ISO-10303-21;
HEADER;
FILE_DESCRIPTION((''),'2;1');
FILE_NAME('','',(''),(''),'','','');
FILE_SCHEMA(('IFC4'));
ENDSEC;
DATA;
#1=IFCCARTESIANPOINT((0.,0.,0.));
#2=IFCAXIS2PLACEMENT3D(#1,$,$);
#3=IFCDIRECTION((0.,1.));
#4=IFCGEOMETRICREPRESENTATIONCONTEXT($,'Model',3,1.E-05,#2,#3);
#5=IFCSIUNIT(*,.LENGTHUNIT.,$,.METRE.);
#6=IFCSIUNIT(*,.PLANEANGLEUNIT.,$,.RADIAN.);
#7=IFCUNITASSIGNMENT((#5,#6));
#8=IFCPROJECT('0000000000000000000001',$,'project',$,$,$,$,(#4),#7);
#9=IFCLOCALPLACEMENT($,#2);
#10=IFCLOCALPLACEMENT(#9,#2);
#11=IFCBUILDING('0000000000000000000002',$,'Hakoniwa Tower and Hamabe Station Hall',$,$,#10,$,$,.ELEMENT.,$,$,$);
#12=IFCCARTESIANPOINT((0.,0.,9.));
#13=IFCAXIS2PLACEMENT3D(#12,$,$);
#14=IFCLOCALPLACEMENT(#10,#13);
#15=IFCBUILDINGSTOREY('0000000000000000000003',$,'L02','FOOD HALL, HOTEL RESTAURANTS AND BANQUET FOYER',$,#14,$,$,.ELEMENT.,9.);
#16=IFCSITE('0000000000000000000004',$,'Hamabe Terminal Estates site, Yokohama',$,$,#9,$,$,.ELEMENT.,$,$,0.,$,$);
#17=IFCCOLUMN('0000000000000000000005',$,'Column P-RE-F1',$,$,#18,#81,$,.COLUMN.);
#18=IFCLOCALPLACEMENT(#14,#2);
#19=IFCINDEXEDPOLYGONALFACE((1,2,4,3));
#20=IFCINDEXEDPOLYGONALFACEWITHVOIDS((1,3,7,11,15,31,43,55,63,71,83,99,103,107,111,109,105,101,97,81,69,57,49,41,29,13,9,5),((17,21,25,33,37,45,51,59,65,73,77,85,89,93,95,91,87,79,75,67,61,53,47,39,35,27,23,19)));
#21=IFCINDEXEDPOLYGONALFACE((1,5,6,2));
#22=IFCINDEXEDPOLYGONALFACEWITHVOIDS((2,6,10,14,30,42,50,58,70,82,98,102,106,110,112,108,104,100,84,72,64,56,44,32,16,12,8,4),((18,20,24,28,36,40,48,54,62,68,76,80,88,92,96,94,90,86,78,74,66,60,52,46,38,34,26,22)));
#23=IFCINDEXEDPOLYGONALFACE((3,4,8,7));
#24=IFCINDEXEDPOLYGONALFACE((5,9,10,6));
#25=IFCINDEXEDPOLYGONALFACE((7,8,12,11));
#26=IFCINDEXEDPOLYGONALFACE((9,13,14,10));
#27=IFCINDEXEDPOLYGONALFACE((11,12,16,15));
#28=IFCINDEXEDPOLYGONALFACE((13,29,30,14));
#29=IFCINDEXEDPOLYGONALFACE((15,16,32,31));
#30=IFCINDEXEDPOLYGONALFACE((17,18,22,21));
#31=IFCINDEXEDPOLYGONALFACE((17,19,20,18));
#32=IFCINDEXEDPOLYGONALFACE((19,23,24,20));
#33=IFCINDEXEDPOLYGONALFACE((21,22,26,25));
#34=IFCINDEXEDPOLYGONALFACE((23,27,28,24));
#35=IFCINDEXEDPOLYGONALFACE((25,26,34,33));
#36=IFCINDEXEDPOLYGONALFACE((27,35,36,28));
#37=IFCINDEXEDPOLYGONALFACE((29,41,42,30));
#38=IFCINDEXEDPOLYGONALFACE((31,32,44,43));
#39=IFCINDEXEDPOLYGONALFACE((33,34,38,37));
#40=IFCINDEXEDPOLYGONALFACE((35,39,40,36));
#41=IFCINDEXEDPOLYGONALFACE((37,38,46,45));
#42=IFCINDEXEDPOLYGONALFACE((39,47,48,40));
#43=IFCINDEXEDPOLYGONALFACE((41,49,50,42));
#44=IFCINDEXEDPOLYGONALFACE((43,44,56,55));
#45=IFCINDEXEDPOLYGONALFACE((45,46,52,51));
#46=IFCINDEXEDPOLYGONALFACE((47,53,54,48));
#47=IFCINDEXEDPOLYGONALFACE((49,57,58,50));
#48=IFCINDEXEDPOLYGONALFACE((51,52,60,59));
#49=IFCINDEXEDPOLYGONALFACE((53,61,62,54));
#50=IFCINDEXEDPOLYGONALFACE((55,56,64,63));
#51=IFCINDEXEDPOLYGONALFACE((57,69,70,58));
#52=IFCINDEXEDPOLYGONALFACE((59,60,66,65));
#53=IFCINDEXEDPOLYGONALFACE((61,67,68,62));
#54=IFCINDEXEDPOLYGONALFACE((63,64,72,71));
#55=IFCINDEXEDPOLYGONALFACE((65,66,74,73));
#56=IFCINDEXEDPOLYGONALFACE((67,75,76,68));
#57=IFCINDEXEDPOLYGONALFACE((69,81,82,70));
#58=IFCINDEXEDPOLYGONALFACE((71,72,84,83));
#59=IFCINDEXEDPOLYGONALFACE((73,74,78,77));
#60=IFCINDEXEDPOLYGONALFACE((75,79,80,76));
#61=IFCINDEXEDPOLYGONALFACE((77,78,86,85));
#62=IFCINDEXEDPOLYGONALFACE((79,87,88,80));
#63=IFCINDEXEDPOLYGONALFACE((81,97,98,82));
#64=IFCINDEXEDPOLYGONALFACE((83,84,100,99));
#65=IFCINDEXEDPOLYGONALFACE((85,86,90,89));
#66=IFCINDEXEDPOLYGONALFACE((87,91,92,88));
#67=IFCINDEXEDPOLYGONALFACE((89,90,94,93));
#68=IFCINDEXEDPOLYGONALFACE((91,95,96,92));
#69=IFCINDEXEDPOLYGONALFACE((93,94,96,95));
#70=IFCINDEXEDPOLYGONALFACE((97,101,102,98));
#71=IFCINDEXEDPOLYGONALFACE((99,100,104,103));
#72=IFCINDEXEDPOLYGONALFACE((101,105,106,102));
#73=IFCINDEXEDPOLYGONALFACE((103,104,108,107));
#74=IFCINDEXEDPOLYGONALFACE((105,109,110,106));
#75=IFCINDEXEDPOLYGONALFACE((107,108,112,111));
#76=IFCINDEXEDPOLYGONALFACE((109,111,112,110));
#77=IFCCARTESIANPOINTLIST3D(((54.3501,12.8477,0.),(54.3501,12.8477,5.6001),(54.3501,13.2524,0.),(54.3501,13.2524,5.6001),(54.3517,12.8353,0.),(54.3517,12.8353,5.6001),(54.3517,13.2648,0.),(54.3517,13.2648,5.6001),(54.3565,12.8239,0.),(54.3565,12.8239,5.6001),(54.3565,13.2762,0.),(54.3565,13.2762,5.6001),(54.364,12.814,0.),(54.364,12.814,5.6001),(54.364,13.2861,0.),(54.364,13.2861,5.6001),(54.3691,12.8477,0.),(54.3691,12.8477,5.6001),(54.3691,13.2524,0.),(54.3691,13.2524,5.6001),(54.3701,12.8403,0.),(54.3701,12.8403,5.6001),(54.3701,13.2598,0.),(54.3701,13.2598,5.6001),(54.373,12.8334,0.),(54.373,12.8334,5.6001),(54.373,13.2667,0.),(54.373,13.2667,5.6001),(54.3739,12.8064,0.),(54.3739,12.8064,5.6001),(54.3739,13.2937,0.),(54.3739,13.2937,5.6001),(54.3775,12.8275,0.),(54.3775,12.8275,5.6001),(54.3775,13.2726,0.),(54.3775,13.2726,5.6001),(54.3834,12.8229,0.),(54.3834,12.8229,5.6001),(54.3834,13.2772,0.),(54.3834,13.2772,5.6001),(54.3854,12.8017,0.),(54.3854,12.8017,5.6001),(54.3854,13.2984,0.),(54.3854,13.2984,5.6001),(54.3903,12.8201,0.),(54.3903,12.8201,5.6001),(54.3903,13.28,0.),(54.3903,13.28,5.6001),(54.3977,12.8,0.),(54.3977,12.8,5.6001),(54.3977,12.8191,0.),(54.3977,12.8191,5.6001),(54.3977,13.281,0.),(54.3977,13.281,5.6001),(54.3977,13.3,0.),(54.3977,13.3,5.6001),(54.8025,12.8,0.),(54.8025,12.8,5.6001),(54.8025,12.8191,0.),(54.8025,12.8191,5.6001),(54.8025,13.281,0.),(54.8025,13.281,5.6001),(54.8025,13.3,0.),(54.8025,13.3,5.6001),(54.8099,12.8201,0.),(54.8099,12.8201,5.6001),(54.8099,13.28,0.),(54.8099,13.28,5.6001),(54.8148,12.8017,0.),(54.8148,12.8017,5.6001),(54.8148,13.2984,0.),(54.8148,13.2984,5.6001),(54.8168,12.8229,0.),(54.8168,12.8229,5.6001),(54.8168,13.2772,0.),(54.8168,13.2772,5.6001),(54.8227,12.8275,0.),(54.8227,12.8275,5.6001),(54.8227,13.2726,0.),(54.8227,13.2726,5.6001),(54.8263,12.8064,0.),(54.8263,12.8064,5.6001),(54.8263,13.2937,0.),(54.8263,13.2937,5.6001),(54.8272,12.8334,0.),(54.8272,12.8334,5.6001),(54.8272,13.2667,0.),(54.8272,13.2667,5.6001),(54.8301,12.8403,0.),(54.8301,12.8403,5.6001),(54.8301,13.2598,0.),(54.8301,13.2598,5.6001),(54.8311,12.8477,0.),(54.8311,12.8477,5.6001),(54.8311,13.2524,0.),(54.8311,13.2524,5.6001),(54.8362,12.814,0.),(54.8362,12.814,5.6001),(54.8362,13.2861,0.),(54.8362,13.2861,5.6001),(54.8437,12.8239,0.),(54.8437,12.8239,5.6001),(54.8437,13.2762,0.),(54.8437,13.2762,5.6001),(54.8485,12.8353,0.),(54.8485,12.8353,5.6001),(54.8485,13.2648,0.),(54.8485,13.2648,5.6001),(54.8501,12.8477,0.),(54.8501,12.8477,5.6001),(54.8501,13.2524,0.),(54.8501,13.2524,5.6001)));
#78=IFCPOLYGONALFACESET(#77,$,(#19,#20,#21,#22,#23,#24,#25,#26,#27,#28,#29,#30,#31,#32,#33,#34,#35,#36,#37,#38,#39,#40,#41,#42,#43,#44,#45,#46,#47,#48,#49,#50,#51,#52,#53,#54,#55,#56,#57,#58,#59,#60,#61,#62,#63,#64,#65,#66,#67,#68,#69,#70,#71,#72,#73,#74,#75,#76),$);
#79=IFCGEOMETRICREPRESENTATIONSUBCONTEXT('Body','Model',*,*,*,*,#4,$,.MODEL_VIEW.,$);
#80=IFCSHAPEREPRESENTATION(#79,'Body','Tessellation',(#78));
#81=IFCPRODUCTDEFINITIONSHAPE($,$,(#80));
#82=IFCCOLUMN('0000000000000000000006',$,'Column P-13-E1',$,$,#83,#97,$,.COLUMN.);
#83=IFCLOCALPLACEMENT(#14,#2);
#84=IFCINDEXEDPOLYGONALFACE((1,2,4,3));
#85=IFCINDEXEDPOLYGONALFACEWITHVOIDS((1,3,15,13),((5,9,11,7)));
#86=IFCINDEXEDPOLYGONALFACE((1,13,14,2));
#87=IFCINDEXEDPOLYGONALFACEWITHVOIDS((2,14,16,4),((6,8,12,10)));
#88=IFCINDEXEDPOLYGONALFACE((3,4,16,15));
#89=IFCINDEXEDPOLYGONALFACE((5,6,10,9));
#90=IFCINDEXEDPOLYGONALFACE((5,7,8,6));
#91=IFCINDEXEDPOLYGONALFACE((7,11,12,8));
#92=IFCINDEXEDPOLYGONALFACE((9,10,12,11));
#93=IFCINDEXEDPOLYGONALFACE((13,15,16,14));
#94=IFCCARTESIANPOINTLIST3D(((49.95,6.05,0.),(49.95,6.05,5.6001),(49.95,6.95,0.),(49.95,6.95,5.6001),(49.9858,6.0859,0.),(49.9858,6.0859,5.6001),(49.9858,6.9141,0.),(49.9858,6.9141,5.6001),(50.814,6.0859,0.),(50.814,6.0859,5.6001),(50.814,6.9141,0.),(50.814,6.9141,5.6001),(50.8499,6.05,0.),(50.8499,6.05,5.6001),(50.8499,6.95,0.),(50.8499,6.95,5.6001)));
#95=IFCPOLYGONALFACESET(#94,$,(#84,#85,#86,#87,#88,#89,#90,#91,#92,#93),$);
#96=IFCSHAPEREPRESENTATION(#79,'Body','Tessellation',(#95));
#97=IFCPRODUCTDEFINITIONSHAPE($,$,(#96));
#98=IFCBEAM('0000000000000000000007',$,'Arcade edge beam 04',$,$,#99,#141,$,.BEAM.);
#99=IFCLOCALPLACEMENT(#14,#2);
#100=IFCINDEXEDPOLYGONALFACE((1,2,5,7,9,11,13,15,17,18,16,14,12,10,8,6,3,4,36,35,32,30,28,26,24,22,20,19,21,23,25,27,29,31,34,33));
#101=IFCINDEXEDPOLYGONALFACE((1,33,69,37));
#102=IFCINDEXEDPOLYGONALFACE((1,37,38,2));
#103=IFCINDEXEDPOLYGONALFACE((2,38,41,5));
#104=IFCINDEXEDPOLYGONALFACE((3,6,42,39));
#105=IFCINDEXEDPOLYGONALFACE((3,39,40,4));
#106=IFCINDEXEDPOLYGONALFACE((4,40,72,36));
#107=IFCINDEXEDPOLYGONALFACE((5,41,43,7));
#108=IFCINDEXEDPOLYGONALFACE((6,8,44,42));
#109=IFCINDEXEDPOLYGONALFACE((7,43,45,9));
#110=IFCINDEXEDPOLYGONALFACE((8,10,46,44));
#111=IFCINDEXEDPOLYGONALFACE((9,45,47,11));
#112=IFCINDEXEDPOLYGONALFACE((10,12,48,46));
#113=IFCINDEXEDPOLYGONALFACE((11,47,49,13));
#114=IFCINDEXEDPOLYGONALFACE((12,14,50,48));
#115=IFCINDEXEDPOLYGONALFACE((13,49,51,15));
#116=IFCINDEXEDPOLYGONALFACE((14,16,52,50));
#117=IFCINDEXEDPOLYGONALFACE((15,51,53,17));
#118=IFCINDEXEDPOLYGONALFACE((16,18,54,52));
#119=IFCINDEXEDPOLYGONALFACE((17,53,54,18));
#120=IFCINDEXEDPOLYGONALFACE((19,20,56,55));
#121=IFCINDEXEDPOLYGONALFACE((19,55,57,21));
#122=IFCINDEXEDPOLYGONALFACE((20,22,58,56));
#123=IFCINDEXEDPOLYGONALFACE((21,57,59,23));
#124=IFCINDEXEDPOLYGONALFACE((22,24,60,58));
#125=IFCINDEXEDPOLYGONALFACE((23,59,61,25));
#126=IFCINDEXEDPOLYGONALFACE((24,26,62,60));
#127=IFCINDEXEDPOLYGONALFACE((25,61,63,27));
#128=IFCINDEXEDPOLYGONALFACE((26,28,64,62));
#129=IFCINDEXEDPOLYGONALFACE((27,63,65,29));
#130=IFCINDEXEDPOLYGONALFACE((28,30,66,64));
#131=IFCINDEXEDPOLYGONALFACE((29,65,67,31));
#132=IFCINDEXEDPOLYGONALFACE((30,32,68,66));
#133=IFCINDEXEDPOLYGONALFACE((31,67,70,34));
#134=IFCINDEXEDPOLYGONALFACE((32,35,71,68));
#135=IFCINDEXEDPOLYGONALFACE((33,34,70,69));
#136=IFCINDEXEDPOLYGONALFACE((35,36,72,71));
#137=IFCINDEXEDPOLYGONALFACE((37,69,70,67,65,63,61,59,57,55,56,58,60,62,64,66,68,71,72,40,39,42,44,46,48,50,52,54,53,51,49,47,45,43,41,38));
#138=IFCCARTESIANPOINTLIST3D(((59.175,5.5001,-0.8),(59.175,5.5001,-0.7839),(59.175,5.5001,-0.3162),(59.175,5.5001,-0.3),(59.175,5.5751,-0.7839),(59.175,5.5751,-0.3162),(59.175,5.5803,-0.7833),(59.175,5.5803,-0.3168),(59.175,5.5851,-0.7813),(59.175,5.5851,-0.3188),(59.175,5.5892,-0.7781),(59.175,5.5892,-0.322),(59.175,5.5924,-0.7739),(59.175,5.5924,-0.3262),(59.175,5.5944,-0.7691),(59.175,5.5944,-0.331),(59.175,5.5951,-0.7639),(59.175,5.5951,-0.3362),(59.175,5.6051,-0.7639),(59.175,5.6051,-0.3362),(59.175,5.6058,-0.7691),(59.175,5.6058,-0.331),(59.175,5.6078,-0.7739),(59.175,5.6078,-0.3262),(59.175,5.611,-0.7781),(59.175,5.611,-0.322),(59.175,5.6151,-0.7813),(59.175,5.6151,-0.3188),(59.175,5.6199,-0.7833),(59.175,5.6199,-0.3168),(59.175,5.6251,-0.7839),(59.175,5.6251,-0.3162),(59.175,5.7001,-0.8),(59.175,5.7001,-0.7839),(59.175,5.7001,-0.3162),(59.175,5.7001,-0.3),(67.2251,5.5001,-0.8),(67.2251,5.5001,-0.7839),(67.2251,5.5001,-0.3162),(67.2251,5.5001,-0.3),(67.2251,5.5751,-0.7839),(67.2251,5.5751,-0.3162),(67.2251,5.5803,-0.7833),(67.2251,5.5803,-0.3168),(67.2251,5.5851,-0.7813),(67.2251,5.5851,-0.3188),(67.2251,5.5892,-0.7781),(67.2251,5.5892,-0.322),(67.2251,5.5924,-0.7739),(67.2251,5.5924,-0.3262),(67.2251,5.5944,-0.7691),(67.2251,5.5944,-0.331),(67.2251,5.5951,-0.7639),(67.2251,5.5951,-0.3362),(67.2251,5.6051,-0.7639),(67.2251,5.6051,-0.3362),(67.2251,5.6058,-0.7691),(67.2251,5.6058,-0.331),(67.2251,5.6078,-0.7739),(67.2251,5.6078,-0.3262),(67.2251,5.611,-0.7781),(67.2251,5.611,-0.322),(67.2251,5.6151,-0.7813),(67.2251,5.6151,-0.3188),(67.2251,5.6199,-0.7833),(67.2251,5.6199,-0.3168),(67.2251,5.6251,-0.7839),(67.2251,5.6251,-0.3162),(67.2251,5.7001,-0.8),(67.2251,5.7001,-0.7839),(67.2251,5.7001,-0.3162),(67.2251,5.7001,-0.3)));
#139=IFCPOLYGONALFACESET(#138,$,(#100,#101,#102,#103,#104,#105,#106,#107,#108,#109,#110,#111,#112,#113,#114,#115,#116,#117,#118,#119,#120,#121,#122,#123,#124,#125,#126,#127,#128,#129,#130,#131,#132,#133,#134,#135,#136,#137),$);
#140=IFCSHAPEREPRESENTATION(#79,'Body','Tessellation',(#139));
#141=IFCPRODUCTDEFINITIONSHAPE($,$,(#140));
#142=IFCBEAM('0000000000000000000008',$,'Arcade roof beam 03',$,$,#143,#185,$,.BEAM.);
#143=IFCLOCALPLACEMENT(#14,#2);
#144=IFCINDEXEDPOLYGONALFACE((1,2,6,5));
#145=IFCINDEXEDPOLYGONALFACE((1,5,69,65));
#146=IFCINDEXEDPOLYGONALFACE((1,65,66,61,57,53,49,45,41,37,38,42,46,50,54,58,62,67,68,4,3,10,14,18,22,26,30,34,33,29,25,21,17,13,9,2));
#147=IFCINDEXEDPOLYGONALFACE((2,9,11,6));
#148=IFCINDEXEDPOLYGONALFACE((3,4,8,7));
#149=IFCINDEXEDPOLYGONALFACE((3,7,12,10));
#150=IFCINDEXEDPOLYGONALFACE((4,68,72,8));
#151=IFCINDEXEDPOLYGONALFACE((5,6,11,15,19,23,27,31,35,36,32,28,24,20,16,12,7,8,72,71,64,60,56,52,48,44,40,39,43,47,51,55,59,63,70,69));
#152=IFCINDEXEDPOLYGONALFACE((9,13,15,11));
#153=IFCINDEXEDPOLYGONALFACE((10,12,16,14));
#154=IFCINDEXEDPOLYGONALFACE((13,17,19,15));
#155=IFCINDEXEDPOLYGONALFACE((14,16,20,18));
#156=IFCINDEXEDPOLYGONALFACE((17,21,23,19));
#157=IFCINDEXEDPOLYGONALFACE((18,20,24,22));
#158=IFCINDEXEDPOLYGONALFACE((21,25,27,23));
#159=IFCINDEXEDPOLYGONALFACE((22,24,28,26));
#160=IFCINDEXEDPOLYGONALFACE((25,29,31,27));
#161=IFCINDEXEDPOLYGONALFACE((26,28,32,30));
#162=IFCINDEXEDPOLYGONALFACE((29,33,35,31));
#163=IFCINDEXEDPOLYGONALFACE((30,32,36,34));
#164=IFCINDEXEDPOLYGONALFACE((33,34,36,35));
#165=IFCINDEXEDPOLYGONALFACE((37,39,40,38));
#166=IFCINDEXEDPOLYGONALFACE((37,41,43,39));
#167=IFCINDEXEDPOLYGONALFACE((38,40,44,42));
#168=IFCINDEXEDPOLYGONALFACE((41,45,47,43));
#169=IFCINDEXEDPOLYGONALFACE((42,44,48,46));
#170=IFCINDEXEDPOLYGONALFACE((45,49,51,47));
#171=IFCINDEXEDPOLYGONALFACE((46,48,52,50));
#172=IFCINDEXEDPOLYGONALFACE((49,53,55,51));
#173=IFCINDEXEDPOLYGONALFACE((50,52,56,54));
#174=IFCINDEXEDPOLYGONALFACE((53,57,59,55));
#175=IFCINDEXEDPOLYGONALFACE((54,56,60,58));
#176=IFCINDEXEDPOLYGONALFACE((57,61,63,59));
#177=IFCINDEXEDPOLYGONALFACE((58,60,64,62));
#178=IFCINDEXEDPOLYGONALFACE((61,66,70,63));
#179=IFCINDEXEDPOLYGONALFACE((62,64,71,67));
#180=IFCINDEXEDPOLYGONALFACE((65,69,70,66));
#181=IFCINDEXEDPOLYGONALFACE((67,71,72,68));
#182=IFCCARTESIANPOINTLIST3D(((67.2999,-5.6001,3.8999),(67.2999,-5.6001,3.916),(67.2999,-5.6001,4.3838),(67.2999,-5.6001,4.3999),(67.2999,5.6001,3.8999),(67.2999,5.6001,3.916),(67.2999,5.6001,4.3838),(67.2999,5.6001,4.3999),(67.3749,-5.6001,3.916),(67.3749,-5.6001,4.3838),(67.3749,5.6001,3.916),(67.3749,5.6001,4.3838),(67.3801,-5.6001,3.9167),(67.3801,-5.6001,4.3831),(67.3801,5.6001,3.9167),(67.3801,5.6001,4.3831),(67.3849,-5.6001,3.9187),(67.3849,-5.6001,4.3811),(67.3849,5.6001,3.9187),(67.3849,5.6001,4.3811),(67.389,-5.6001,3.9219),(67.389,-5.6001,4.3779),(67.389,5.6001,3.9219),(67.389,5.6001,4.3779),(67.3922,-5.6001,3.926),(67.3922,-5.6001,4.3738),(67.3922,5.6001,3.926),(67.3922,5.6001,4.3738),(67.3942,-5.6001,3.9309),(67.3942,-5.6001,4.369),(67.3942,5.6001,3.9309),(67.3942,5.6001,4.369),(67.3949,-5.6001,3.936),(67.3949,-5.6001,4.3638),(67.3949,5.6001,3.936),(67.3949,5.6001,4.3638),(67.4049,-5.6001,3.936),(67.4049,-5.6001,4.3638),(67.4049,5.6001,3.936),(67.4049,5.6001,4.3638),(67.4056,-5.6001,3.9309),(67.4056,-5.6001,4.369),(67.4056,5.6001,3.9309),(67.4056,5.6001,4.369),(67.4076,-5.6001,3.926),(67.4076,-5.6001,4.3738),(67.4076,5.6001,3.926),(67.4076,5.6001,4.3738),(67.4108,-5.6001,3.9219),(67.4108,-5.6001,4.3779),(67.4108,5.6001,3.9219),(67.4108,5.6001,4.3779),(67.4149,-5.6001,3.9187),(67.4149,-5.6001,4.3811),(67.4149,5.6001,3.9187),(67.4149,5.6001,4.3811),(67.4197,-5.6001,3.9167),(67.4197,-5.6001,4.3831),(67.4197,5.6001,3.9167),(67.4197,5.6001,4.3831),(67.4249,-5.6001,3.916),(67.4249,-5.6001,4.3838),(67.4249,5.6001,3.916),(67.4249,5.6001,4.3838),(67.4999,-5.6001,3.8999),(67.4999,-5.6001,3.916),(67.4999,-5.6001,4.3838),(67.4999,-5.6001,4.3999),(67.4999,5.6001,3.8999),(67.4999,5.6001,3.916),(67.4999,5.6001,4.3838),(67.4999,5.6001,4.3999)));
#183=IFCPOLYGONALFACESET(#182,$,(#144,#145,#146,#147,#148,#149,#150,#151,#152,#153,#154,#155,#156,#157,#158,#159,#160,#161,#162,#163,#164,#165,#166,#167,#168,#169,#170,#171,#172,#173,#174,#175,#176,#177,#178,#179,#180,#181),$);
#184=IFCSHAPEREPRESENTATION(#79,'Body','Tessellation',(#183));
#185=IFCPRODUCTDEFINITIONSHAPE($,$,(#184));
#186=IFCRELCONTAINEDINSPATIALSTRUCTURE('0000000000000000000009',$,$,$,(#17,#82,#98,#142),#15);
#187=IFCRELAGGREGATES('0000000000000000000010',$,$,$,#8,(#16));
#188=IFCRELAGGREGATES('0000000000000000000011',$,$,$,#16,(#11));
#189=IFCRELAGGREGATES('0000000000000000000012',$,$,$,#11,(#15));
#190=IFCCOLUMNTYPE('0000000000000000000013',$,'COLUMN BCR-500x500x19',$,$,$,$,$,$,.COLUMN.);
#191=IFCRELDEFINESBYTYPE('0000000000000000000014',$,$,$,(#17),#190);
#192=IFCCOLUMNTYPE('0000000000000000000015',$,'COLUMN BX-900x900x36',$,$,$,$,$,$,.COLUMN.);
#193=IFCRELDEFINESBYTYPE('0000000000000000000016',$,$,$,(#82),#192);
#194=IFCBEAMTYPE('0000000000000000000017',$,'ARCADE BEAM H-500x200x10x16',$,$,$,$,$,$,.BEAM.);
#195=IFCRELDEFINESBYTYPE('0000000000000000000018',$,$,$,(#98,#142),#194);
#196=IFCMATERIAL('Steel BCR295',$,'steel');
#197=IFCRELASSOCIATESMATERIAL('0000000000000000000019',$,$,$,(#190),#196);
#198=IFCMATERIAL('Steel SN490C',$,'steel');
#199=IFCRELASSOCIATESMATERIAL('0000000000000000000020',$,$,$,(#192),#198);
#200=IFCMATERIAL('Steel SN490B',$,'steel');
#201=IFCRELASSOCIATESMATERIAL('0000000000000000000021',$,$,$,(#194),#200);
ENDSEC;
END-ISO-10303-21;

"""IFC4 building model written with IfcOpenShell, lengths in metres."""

from ifc_helpers import new_model, si_unit, direction, frame, origin, origin_2d, place, context, subcontext, project, spatial, hollow_rectangle, i_section, extrude, material, material_profile, profile_set, type_object, element, save


model = new_model("IFC4")

# Units and contexts
model_context = context("Model", 3, precision=1e-05, world=origin(), true_north=direction((0.0, 1.0)))
body_context = subcontext(model_context, "Body", "Model", "MODEL_VIEW")
ifc_project = project(units=[si_unit("LENGTHUNIT", "METRE"), si_unit("PLANEANGLEUNIT", "RADIAN")], contexts=[model_context])

# Site, building, storey
site_placement = place(None, origin())
site = spatial("IfcSite", under=ifc_project, at=site_placement, Name="Hamabe Terminal Estates site, Yokohama", CompositionType="ELEMENT", RefElevation=0.0)
building_placement = place(site_placement, origin())
building = spatial("IfcBuilding", under=site, at=building_placement, Name="Hakoniwa Tower and Hamabe Station Hall", CompositionType="ELEMENT")
storey_placement = place(building_placement, frame((0.0, 0.0, 9.0)))
storey = spatial("IfcBuildingStorey", under=building, at=storey_placement, Name="L02", Description="FOOD HALL, HOTEL RESTAURANTS AND BANQUET FOYER", CompositionType="ELEMENT", Elevation=9.0)

# Columns
ifc_material_1 = material(Name="Steel BCR295", Category="steel")
ifc_material_profile_1 = material_profile(ifc_material_1, hollow_rectangle(XDim=0.5, YDim=0.5, WallThickness=0.019, InnerFilletRadius=0.0286, OuterFilletRadius=0.0476, at=origin_2d()), Name="BCR-500x500x19")
ifc_profile_set_1 = profile_set([ifc_material_profile_1], Name="Steel BCR295")
column_type_1 = type_object("IfcColumnType", Name="COLUMN BCR-500x500x19", PredefinedType="COLUMN", material=ifc_profile_set_1)
for number, where, z_axis, x_axis, name in (
    (1, (54.6001, 13.05, 0.0), (0.0, 0.0, 1.0), (1.0, 0.0, 0.0), "Column P-RE-F1"),
):
    element("IfcColumn", number, at=place(storey_placement, frame(where, z_axis=z_axis, x_axis=x_axis)), inside=storey, type_object=column_type_1, Name=name, PredefinedType="COLUMN", context=body_context, shape_type="SweptSolid", body=[
        extrude(hollow_rectangle(XDim=0.5, YDim=0.5, WallThickness=0.019, InnerFilletRadius=0.0286, OuterFilletRadius=0.0476, at=origin_2d()), origin(), (0.0, 0.0, 1.0), 5.6001),
    ])
ifc_material_2 = material(Name="Steel SN490C", Category="steel")
ifc_material_profile_2 = material_profile(ifc_material_2, hollow_rectangle(XDim=0.8999, YDim=0.8999, WallThickness=0.0359, at=origin_2d()), Name="BX-900x900x36")
ifc_profile_set_2 = profile_set([ifc_material_profile_2], Name="Steel SN490C")
column_type_2 = type_object("IfcColumnType", Name="COLUMN BX-900x900x36", PredefinedType="COLUMN", material=ifc_profile_set_2)
column_1_placement = place(storey_placement, frame((50.3999, 6.5, 0.0), z_axis=(0.0, 0.0, 1.0), x_axis=(1.0, 0.0, 0.0)))
element("IfcColumn", 2, at=column_1_placement, inside=storey, type_object=column_type_2, Name="Column P-13-E1", PredefinedType="COLUMN", context=body_context, shape_type="SweptSolid", body=[
    extrude(hollow_rectangle(XDim=0.8999, YDim=0.8999, WallThickness=0.0359, at=origin_2d()), origin(), (0.0, 0.0, 1.0), 5.6001),
])

# Beams
ifc_material_3 = material(Name="Steel SN490B", Category="steel")
ifc_material_profile_3 = material_profile(ifc_material_3, i_section(OverallWidth=0.2, OverallDepth=0.5, WebThickness=0.01, FlangeThickness=0.0161, FilletRadius=0.02, at=origin_2d()), Name="H-500x200x10x16")
ifc_profile_set_3 = profile_set([ifc_material_profile_3], Name="Steel SN490B")
beam_type_1 = type_object("IfcBeamType", Name="ARCADE BEAM H-500x200x10x16", PredefinedType="BEAM", material=ifc_profile_set_3)
beam_1_placement = place(storey_placement, frame((59.175, 5.6001, -0.55), z_axis=(1.0, 0.0, 0.0), x_axis=(0.0, 1.0, 0.0)))
element("IfcBeam", 3, at=beam_1_placement, inside=storey, type_object=beam_type_1, Name="Arcade edge beam 04", PredefinedType="BEAM", context=body_context, shape_type="SweptSolid", body=[
    extrude(i_section(OverallWidth=0.2, OverallDepth=0.5, WebThickness=0.01, FlangeThickness=0.0161, FilletRadius=0.02, at=origin_2d()), origin(), (0.0, 0.0, 1.0), 8.05),
])
beam_2_placement = place(storey_placement, frame((67.3999, -5.6001, 4.1499), z_axis=(0.0, 1.0, 0.0), x_axis=(-1.0, 0.0, 0.0)))
element("IfcBeam", 4, at=beam_2_placement, inside=storey, type_object=beam_type_1, Name="Arcade roof beam 03", PredefinedType="BEAM", context=body_context, shape_type="SweptSolid", body=[
    extrude(i_section(OverallWidth=0.2, OverallDepth=0.5, WebThickness=0.01, FlangeThickness=0.0161, FilletRadius=0.02, at=origin_2d()), origin(), (0.0, 0.0, 1.0), 11.2002),
])

save(model, "model.ifc")
